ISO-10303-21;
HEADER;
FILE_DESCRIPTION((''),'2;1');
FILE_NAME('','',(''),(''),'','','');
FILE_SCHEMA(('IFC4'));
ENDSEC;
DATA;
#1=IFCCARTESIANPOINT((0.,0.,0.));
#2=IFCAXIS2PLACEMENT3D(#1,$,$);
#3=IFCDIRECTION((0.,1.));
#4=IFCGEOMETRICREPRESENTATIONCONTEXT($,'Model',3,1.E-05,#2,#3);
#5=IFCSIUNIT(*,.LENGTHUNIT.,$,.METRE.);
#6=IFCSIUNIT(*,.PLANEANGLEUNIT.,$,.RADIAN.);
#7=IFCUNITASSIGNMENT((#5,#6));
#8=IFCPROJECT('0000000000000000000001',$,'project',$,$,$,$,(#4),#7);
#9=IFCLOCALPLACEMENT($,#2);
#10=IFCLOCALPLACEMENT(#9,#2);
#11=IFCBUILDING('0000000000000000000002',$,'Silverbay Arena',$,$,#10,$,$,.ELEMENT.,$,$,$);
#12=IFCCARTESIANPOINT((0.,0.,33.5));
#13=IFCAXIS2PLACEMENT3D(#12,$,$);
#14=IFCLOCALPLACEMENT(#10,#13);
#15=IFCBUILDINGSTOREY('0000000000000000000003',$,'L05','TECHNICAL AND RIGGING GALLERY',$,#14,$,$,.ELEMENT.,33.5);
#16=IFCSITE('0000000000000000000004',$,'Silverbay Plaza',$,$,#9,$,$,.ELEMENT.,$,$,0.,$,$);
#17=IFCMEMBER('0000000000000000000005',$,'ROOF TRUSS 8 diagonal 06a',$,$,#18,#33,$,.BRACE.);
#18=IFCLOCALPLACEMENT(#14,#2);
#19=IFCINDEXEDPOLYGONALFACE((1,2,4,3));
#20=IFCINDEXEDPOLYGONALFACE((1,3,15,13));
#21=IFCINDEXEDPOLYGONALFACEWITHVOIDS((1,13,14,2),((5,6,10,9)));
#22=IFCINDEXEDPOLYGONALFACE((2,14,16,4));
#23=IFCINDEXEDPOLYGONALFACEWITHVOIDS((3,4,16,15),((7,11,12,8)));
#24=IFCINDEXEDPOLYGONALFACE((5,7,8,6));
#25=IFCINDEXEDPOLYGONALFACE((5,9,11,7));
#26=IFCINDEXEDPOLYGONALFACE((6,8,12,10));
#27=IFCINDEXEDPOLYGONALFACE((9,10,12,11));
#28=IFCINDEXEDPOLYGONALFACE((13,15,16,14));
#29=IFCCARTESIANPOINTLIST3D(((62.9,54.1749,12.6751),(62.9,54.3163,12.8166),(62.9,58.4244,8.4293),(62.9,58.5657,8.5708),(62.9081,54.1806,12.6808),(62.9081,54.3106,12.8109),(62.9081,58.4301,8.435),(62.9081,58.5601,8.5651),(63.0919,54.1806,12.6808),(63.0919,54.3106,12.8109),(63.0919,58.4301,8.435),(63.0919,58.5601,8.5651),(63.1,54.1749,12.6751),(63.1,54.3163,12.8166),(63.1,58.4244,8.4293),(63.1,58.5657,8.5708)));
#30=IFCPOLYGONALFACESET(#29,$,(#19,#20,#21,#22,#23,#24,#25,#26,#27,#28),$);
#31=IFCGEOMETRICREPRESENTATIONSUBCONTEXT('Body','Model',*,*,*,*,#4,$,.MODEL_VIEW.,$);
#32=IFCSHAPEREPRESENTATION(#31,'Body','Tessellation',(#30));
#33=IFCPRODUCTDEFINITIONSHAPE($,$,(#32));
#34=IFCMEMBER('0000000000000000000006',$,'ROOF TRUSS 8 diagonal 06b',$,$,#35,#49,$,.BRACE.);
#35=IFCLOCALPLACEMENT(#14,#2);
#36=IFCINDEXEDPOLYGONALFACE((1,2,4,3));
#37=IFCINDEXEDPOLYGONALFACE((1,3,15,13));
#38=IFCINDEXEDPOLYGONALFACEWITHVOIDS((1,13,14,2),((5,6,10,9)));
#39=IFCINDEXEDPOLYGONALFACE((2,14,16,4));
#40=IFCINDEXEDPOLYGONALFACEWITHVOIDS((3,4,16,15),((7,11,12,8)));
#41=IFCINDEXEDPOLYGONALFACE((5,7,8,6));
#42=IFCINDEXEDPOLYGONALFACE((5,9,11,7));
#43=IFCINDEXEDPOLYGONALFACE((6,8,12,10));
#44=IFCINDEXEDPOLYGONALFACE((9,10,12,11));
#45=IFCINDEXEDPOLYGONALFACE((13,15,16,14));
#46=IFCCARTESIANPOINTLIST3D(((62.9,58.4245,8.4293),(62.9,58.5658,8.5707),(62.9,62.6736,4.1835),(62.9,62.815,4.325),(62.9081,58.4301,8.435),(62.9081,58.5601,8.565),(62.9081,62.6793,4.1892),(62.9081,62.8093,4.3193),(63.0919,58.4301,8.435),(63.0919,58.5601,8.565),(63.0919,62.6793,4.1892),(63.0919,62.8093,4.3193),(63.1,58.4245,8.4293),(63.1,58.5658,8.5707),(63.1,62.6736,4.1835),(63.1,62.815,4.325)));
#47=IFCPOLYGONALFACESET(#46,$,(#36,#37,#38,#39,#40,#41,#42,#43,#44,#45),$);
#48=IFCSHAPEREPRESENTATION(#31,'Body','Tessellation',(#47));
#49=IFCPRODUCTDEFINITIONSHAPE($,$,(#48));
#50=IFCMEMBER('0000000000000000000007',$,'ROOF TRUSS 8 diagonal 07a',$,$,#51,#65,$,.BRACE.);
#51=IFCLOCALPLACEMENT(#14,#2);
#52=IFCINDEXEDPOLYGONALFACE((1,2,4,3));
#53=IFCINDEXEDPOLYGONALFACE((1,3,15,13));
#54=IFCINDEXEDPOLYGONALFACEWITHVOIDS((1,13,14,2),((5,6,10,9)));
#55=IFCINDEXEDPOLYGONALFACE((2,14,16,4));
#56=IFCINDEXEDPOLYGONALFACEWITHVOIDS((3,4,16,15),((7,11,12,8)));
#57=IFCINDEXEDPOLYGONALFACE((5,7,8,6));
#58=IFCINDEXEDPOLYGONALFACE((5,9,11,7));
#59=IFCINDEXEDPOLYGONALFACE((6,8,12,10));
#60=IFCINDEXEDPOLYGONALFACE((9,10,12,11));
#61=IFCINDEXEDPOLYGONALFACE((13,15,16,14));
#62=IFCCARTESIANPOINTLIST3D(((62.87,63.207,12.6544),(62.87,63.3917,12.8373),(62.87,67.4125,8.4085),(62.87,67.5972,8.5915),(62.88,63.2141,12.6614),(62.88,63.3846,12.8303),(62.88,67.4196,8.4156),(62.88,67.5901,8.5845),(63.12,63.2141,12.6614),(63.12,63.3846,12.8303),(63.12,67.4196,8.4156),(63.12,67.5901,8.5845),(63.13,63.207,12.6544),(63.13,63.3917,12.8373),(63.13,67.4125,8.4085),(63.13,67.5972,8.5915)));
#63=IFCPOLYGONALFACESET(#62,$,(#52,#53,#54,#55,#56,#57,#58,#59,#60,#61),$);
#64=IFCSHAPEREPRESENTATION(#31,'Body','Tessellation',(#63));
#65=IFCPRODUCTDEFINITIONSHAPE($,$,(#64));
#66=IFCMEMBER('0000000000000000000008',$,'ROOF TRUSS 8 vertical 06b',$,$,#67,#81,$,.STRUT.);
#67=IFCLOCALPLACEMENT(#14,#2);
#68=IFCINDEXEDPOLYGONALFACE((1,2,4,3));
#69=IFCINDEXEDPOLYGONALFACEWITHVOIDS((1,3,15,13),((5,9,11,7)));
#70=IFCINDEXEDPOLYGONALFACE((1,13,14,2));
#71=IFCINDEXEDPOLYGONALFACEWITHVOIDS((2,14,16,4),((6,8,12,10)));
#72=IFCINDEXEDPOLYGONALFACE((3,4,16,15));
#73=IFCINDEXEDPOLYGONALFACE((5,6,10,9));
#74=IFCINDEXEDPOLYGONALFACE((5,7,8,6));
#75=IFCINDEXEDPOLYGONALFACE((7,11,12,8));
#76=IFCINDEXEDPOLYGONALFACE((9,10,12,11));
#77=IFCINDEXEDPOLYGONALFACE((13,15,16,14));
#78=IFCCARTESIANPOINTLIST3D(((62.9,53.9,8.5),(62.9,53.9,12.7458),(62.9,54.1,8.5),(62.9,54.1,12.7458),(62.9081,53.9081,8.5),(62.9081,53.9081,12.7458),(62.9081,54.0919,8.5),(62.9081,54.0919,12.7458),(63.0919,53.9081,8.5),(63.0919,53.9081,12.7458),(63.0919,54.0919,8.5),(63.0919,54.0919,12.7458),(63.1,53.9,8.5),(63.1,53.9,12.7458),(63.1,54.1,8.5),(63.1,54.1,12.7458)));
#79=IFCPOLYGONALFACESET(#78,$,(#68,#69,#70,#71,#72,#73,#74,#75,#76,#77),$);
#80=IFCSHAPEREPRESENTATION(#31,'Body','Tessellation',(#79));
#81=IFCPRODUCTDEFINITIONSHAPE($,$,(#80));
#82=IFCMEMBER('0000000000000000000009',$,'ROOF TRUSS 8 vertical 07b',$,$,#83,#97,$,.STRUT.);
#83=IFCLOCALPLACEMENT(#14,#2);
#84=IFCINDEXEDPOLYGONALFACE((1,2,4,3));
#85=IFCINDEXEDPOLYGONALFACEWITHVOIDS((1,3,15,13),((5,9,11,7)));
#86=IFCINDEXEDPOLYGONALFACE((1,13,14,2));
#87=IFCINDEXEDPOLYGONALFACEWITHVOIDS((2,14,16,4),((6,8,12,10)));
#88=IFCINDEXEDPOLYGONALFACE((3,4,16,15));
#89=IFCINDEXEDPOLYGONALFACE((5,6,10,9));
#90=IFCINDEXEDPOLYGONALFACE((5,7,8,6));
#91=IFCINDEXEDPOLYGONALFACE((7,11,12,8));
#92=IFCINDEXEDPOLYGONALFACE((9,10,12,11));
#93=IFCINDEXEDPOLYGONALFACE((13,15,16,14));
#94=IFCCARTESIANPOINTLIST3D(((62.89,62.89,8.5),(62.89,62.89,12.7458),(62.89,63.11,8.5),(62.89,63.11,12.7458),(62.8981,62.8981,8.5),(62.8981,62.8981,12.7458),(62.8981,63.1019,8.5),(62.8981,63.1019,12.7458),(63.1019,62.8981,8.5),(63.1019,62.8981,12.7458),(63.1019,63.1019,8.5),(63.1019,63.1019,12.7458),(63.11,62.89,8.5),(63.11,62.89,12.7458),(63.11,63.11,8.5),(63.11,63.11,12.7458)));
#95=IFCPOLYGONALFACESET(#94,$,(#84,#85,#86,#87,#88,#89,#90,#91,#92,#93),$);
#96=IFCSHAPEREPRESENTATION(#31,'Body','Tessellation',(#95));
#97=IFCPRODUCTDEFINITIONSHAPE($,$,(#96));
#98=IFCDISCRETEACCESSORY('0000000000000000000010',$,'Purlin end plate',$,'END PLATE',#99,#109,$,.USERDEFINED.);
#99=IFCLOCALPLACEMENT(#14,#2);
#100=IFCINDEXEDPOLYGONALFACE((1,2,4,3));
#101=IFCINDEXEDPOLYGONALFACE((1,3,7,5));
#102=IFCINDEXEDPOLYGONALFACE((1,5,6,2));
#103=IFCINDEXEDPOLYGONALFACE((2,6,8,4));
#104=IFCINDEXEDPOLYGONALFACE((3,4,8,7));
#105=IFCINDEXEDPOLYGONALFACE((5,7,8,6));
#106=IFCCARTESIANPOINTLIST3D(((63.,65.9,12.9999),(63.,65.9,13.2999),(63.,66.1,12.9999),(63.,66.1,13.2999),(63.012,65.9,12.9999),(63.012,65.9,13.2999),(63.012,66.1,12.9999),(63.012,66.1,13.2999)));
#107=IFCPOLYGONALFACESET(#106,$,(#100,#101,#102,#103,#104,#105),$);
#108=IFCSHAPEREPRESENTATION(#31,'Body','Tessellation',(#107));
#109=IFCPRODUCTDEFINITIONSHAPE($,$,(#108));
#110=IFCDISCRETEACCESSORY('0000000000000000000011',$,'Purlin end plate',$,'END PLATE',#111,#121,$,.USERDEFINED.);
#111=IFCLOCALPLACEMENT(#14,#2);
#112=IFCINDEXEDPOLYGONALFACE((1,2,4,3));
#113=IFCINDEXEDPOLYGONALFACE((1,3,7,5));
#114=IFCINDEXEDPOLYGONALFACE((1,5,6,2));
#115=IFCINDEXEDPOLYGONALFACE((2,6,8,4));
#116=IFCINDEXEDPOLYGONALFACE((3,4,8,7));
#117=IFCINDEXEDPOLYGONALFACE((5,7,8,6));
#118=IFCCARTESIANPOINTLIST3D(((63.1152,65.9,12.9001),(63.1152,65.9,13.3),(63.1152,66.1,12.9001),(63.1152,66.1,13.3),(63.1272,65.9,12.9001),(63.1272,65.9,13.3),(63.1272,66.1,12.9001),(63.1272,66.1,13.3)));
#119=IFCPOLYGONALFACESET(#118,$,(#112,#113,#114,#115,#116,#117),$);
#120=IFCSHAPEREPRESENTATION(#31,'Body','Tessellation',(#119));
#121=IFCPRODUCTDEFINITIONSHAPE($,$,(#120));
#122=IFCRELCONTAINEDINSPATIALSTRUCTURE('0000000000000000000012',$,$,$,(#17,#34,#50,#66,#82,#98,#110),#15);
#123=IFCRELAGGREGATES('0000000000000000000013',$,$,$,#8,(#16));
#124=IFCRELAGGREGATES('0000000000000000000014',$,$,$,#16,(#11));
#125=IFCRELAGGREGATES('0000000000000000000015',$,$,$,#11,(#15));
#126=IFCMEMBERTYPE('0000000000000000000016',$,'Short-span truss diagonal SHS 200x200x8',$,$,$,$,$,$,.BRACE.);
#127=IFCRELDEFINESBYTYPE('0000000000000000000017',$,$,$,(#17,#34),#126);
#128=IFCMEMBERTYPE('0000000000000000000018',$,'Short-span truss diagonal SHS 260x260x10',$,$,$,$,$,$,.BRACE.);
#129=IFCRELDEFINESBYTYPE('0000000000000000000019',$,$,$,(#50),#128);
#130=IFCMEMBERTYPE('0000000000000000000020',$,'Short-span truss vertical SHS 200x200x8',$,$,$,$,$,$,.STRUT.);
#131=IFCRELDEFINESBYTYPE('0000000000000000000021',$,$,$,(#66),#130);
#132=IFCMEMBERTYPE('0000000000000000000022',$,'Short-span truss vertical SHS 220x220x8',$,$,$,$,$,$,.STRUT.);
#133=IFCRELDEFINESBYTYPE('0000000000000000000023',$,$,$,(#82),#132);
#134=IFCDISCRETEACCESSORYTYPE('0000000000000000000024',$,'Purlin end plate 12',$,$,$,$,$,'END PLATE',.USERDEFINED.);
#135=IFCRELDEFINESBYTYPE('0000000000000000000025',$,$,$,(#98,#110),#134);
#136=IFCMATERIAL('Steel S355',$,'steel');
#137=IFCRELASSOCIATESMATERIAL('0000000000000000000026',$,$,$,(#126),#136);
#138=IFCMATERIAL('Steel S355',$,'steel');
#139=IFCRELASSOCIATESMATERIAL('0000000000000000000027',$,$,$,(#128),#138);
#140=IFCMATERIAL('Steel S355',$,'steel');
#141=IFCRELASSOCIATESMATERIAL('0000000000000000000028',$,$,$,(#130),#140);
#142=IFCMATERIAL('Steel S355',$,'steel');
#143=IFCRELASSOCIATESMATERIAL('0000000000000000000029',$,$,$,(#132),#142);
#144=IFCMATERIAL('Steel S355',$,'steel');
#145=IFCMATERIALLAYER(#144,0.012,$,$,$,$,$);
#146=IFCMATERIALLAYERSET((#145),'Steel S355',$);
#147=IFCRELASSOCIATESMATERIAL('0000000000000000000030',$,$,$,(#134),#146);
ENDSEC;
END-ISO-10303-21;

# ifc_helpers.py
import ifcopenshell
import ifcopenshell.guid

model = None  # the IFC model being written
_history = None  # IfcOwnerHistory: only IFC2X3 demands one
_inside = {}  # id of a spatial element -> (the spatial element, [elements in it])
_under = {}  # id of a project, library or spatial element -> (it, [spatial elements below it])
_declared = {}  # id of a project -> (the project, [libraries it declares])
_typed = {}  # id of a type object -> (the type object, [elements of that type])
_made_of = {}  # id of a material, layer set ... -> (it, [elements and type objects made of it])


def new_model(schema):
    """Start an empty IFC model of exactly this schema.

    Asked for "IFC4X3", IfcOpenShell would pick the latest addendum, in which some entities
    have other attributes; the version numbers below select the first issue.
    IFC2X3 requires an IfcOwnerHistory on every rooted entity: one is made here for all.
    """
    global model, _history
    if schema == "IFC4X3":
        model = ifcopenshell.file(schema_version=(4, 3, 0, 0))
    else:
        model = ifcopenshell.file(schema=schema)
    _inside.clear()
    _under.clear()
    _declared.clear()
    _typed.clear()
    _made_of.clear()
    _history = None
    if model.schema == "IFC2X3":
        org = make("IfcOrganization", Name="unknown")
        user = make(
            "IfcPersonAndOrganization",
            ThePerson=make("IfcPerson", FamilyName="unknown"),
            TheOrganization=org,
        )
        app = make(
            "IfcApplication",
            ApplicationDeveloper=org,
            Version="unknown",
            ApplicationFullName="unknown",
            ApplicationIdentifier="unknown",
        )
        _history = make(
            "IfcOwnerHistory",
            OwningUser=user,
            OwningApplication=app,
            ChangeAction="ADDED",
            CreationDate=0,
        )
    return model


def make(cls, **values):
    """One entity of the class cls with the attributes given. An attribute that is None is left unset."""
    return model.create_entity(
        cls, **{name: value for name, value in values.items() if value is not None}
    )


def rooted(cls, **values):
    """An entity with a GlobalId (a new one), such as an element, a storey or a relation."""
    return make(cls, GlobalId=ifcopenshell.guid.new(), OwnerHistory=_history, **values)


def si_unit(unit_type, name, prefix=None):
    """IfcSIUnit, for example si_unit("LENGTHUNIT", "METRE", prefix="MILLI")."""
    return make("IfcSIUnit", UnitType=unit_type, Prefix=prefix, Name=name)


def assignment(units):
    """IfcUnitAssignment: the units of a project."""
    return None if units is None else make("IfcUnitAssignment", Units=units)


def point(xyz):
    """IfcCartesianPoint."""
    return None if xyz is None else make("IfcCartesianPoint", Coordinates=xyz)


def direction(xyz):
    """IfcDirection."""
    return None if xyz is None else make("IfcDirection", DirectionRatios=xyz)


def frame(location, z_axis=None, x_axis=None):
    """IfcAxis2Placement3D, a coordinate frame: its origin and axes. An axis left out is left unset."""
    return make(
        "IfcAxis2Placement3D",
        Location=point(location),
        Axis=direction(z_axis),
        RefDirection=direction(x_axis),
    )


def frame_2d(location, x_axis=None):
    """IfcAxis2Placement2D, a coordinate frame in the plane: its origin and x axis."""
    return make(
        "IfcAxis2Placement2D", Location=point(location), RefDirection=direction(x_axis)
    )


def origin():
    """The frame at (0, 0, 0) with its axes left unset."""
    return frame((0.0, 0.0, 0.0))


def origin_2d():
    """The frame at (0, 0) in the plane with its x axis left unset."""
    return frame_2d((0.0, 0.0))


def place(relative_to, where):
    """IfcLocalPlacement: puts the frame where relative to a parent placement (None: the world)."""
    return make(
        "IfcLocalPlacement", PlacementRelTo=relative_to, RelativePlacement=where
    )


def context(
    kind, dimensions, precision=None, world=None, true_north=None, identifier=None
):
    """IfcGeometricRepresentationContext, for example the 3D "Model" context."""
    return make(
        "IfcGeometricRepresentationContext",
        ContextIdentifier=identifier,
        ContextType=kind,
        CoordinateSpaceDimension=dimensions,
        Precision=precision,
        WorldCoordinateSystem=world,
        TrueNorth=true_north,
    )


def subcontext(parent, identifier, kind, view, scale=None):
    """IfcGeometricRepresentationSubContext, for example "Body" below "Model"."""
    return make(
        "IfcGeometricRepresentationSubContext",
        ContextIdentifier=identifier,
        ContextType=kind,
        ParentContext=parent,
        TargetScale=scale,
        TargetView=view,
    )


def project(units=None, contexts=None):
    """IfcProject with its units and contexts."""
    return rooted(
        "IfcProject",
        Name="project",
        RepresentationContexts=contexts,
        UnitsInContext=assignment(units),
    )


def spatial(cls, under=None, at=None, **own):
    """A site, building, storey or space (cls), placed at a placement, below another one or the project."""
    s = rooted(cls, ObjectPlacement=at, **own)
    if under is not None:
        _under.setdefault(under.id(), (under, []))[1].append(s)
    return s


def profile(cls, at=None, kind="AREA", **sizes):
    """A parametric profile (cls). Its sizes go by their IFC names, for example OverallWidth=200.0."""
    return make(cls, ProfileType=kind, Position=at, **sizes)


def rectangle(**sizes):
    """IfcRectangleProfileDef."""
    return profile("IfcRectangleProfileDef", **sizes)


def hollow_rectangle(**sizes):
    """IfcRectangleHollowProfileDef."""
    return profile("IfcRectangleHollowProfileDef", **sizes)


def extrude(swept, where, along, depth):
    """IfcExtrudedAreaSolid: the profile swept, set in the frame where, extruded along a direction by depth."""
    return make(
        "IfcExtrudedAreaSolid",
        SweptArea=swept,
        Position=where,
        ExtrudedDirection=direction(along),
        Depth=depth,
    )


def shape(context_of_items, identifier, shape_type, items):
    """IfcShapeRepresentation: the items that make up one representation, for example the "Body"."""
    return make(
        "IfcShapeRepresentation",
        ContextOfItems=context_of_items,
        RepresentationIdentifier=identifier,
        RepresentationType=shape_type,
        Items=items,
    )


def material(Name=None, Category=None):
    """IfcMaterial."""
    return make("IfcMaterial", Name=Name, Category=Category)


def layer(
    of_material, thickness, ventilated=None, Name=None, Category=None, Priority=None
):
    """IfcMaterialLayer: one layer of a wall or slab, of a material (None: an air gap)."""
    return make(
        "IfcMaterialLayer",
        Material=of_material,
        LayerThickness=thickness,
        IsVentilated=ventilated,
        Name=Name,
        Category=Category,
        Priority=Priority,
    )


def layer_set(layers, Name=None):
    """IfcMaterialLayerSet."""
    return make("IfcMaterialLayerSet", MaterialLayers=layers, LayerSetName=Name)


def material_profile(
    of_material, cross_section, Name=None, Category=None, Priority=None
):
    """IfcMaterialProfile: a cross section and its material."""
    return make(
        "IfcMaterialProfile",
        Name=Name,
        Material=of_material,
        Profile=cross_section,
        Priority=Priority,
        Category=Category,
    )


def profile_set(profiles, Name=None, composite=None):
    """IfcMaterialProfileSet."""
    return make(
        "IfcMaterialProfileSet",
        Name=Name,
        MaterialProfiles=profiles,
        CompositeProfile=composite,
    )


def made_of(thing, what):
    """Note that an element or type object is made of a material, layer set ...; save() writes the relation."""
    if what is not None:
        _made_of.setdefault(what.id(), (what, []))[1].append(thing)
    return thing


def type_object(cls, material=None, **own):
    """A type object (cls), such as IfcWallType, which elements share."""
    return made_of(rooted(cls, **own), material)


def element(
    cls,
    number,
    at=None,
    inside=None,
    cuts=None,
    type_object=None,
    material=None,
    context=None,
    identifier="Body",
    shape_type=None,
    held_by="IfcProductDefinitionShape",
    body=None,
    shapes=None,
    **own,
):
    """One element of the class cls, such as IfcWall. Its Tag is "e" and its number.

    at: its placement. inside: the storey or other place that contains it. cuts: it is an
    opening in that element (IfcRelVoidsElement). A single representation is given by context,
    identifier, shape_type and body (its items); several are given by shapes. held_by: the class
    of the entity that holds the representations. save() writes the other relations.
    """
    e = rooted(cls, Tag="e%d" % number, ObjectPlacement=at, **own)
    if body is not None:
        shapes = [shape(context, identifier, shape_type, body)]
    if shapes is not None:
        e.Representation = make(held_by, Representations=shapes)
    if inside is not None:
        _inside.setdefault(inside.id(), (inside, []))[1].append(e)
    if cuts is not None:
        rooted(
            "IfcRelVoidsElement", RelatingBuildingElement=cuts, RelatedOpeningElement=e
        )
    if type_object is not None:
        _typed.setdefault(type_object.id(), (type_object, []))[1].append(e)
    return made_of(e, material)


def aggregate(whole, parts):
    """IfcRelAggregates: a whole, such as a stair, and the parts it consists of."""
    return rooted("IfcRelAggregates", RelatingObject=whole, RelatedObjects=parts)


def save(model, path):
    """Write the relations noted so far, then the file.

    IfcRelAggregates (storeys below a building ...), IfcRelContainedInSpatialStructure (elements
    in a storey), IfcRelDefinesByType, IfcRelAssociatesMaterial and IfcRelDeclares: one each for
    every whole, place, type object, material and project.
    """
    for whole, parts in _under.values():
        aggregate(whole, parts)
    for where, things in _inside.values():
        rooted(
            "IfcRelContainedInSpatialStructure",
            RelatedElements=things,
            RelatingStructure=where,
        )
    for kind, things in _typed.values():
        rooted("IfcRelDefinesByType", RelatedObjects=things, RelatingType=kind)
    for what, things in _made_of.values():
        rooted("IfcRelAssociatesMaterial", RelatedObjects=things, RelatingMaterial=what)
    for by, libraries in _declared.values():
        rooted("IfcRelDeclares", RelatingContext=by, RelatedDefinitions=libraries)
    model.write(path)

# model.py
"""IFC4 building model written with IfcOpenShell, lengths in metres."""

from ifc_helpers import new_model, si_unit, direction, frame, origin, origin_2d, place, context, subcontext, project, spatial, rectangle, hollow_rectangle, extrude, material, layer, layer_set, material_profile, profile_set, type_object, element, save


model = new_model("IFC4")

# Units and contexts
model_context = context("Model", 3, precision=1e-05, world=origin(), true_north=direction((0.0, 1.0)))
body_context = subcontext(model_context, "Body", "Model", "MODEL_VIEW")
ifc_project = project(units=[si_unit("LENGTHUNIT", "METRE"), si_unit("PLANEANGLEUNIT", "RADIAN")], contexts=[model_context])

# Site, building, storey
site_placement = place(None, origin())
site = spatial("IfcSite", under=ifc_project, at=site_placement, Name="Silverbay Plaza", CompositionType="ELEMENT", RefElevation=0.0)
building_placement = place(site_placement, origin())
building = spatial("IfcBuilding", under=site, at=building_placement, Name="Silverbay Arena", CompositionType="ELEMENT")
storey_placement = place(building_placement, frame((0.0, 0.0, 33.5)))
storey = spatial("IfcBuildingStorey", under=building, at=storey_placement, Name="L05", Description="TECHNICAL AND RIGGING GALLERY", CompositionType="ELEMENT", Elevation=33.5)

# Members
ifc_material_1 = material(Name="Steel S355", Category="steel")
ifc_material_profile_1 = material_profile(ifc_material_1, hollow_rectangle(XDim=0.2, YDim=0.2, WallThickness=0.0081, at=origin_2d()), Name="SHS 200x200x8")
ifc_profile_set_1 = profile_set([ifc_material_profile_1], Name="Steel S355")
member_type_1 = type_object("IfcMemberType", Name="Short-span truss diagonal SHS 200x200x8", PredefinedType="BRACE", material=ifc_profile_set_1)
member_1_placement = place(storey_placement, frame((63.0, 54.2456, 12.7458), z_axis=(0.0, 0.707412, -0.706802), x_axis=(-1.0, 0.0, 0.0)))
element("IfcMember", 1, at=member_1_placement, inside=storey, type_object=member_type_1, Name="ROOF TRUSS 8 diagonal 06a", PredefinedType="BRACE", context=body_context, shape_type="SweptSolid", body=[
    extrude(hollow_rectangle(XDim=0.2, YDim=0.2, WallThickness=0.0081, at=origin_2d()), origin(), (0.0, 0.0, 1.0), 6.0071),
])
member_2_placement = place(storey_placement, frame((63.0, 58.4951, 8.5), z_axis=(0.0, 0.707391, -0.706822), x_axis=(-1.0, 0.0, 0.0)))
element("IfcMember", 2, at=member_2_placement, inside=storey, type_object=member_type_1, Name="ROOF TRUSS 8 diagonal 06b", PredefinedType="BRACE", context=body_context, shape_type="SweptSolid", body=[
    extrude(hollow_rectangle(XDim=0.2, YDim=0.2, WallThickness=0.0081, at=origin_2d()), origin(), (0.0, 0.0, 1.0), 6.0068),
])
ifc_material_2 = material(Name="Steel S355", Category="steel")
ifc_material_profile_2 = material_profile(ifc_material_2, hollow_rectangle(XDim=0.26, YDim=0.26, WallThickness=0.01, at=origin_2d()), Name="SHS 260x260x10")
ifc_profile_set_2 = profile_set([ifc_material_profile_2], Name="Steel S355")
member_type_2 = type_object("IfcMemberType", Name="Short-span truss diagonal SHS 260x260x10", PredefinedType="BRACE", material=ifc_profile_set_2)
member_3_placement = place(storey_placement, frame((63.0, 63.2993, 12.7458), z_axis=(0.0, 0.703728, -0.710469), x_axis=(-1.0, 0.0, 0.0)))
element("IfcMember", 3, at=member_3_placement, inside=storey, type_object=member_type_2, Name="ROOF TRUSS 8 diagonal 07a", PredefinedType="BRACE", context=body_context, shape_type="SweptSolid", body=[
    extrude(hollow_rectangle(XDim=0.26, YDim=0.26, WallThickness=0.01, at=origin_2d()), origin(), (0.0, 0.0, 1.0), 5.9761),
])
ifc_material_3 = material(Name="Steel S355", Category="steel")
ifc_material_profile_3 = material_profile(ifc_material_3, hollow_rectangle(XDim=0.2, YDim=0.2, WallThickness=0.0081, at=origin_2d()), Name="SHS 200x200x8")
ifc_profile_set_3 = profile_set([ifc_material_profile_3], Name="Steel S355")
member_type_3 = type_object("IfcMemberType", Name="Short-span truss vertical SHS 200x200x8", PredefinedType="STRUT", material=ifc_profile_set_3)
member_4_placement = place(storey_placement, frame((63.0, 54.0, 8.5), z_axis=(0.0, 0.0, 1.0), x_axis=(1.0, 0.0, 0.0)))
element("IfcMember", 4, at=member_4_placement, inside=storey, type_object=member_type_3, Name="ROOF TRUSS 8 vertical 06b", PredefinedType="STRUT", context=body_context, shape_type="SweptSolid", body=[
    extrude(hollow_rectangle(XDim=0.2, YDim=0.2, WallThickness=0.0081, at=origin_2d()), origin(), (0.0, 0.0, 1.0), 4.2458),
])
ifc_material_4 = material(Name="Steel S355", Category="steel")
ifc_material_profile_4 = material_profile(ifc_material_4, hollow_rectangle(XDim=0.22, YDim=0.22, WallThickness=0.0081, at=origin_2d()), Name="SHS 220x220x8")
ifc_profile_set_4 = profile_set([ifc_material_profile_4], Name="Steel S355")
member_type_4 = type_object("IfcMemberType", Name="Short-span truss vertical SHS 220x220x8", PredefinedType="STRUT", material=ifc_profile_set_4)
member_5_placement = place(storey_placement, frame((63.0, 63.0, 8.5), z_axis=(0.0, 0.0, 1.0), x_axis=(1.0, 0.0, 0.0)))
element("IfcMember", 5, at=member_5_placement, inside=storey, type_object=member_type_4, Name="ROOF TRUSS 8 vertical 07b", PredefinedType="STRUT", context=body_context, shape_type="SweptSolid", body=[
    extrude(hollow_rectangle(XDim=0.22, YDim=0.22, WallThickness=0.0081, at=origin_2d()), origin(), (0.0, 0.0, 1.0), 4.2458),
])

# Discrete accessories
ifc_material_5 = material(Name="Steel S355", Category="steel")
ifc_layer = layer(ifc_material_5, 0.012)
ifc_layer_set = layer_set([ifc_layer], Name="Steel S355")
discrete_accessory_type = type_object("IfcDiscreteAccessoryType", Name="Purlin end plate 12", ElementType="END PLATE", PredefinedType="USERDEFINED", material=ifc_layer_set)
discrete_accessory_1_placement = place(storey_placement, frame((63.0, 66.0, 13.1499), z_axis=(1.0, 0.0, 0.0), x_axis=(0.0, 1.0, 0.0)))
element("IfcDiscreteAccessory", 6, at=discrete_accessory_1_placement, inside=storey, type_object=discrete_accessory_type, Name="Purlin end plate", ObjectType="END PLATE", PredefinedType="USERDEFINED", context=body_context, shape_type="SweptSolid", body=[
    extrude(rectangle(XDim=0.2, YDim=0.3, at=origin_2d()), origin(), (0.0, 0.0, 1.0), 0.012),
])
discrete_accessory_2_placement = place(storey_placement, frame((63.1272, 66.0, 13.1001), z_axis=(-1.0, 0.0, 0.0), x_axis=(0.0, -1.0, 0.0)))
element("IfcDiscreteAccessory", 7, at=discrete_accessory_2_placement, inside=storey, type_object=discrete_accessory_type, Name="Purlin end plate", ObjectType="END PLATE", PredefinedType="USERDEFINED", context=body_context, shape_type="SweptSolid", body=[
    extrude(rectangle(XDim=0.2, YDim=0.3999, at=origin_2d()), origin(), (0.0, 0.0, 1.0), 0.012),
])

save(model, "model.ifc")
